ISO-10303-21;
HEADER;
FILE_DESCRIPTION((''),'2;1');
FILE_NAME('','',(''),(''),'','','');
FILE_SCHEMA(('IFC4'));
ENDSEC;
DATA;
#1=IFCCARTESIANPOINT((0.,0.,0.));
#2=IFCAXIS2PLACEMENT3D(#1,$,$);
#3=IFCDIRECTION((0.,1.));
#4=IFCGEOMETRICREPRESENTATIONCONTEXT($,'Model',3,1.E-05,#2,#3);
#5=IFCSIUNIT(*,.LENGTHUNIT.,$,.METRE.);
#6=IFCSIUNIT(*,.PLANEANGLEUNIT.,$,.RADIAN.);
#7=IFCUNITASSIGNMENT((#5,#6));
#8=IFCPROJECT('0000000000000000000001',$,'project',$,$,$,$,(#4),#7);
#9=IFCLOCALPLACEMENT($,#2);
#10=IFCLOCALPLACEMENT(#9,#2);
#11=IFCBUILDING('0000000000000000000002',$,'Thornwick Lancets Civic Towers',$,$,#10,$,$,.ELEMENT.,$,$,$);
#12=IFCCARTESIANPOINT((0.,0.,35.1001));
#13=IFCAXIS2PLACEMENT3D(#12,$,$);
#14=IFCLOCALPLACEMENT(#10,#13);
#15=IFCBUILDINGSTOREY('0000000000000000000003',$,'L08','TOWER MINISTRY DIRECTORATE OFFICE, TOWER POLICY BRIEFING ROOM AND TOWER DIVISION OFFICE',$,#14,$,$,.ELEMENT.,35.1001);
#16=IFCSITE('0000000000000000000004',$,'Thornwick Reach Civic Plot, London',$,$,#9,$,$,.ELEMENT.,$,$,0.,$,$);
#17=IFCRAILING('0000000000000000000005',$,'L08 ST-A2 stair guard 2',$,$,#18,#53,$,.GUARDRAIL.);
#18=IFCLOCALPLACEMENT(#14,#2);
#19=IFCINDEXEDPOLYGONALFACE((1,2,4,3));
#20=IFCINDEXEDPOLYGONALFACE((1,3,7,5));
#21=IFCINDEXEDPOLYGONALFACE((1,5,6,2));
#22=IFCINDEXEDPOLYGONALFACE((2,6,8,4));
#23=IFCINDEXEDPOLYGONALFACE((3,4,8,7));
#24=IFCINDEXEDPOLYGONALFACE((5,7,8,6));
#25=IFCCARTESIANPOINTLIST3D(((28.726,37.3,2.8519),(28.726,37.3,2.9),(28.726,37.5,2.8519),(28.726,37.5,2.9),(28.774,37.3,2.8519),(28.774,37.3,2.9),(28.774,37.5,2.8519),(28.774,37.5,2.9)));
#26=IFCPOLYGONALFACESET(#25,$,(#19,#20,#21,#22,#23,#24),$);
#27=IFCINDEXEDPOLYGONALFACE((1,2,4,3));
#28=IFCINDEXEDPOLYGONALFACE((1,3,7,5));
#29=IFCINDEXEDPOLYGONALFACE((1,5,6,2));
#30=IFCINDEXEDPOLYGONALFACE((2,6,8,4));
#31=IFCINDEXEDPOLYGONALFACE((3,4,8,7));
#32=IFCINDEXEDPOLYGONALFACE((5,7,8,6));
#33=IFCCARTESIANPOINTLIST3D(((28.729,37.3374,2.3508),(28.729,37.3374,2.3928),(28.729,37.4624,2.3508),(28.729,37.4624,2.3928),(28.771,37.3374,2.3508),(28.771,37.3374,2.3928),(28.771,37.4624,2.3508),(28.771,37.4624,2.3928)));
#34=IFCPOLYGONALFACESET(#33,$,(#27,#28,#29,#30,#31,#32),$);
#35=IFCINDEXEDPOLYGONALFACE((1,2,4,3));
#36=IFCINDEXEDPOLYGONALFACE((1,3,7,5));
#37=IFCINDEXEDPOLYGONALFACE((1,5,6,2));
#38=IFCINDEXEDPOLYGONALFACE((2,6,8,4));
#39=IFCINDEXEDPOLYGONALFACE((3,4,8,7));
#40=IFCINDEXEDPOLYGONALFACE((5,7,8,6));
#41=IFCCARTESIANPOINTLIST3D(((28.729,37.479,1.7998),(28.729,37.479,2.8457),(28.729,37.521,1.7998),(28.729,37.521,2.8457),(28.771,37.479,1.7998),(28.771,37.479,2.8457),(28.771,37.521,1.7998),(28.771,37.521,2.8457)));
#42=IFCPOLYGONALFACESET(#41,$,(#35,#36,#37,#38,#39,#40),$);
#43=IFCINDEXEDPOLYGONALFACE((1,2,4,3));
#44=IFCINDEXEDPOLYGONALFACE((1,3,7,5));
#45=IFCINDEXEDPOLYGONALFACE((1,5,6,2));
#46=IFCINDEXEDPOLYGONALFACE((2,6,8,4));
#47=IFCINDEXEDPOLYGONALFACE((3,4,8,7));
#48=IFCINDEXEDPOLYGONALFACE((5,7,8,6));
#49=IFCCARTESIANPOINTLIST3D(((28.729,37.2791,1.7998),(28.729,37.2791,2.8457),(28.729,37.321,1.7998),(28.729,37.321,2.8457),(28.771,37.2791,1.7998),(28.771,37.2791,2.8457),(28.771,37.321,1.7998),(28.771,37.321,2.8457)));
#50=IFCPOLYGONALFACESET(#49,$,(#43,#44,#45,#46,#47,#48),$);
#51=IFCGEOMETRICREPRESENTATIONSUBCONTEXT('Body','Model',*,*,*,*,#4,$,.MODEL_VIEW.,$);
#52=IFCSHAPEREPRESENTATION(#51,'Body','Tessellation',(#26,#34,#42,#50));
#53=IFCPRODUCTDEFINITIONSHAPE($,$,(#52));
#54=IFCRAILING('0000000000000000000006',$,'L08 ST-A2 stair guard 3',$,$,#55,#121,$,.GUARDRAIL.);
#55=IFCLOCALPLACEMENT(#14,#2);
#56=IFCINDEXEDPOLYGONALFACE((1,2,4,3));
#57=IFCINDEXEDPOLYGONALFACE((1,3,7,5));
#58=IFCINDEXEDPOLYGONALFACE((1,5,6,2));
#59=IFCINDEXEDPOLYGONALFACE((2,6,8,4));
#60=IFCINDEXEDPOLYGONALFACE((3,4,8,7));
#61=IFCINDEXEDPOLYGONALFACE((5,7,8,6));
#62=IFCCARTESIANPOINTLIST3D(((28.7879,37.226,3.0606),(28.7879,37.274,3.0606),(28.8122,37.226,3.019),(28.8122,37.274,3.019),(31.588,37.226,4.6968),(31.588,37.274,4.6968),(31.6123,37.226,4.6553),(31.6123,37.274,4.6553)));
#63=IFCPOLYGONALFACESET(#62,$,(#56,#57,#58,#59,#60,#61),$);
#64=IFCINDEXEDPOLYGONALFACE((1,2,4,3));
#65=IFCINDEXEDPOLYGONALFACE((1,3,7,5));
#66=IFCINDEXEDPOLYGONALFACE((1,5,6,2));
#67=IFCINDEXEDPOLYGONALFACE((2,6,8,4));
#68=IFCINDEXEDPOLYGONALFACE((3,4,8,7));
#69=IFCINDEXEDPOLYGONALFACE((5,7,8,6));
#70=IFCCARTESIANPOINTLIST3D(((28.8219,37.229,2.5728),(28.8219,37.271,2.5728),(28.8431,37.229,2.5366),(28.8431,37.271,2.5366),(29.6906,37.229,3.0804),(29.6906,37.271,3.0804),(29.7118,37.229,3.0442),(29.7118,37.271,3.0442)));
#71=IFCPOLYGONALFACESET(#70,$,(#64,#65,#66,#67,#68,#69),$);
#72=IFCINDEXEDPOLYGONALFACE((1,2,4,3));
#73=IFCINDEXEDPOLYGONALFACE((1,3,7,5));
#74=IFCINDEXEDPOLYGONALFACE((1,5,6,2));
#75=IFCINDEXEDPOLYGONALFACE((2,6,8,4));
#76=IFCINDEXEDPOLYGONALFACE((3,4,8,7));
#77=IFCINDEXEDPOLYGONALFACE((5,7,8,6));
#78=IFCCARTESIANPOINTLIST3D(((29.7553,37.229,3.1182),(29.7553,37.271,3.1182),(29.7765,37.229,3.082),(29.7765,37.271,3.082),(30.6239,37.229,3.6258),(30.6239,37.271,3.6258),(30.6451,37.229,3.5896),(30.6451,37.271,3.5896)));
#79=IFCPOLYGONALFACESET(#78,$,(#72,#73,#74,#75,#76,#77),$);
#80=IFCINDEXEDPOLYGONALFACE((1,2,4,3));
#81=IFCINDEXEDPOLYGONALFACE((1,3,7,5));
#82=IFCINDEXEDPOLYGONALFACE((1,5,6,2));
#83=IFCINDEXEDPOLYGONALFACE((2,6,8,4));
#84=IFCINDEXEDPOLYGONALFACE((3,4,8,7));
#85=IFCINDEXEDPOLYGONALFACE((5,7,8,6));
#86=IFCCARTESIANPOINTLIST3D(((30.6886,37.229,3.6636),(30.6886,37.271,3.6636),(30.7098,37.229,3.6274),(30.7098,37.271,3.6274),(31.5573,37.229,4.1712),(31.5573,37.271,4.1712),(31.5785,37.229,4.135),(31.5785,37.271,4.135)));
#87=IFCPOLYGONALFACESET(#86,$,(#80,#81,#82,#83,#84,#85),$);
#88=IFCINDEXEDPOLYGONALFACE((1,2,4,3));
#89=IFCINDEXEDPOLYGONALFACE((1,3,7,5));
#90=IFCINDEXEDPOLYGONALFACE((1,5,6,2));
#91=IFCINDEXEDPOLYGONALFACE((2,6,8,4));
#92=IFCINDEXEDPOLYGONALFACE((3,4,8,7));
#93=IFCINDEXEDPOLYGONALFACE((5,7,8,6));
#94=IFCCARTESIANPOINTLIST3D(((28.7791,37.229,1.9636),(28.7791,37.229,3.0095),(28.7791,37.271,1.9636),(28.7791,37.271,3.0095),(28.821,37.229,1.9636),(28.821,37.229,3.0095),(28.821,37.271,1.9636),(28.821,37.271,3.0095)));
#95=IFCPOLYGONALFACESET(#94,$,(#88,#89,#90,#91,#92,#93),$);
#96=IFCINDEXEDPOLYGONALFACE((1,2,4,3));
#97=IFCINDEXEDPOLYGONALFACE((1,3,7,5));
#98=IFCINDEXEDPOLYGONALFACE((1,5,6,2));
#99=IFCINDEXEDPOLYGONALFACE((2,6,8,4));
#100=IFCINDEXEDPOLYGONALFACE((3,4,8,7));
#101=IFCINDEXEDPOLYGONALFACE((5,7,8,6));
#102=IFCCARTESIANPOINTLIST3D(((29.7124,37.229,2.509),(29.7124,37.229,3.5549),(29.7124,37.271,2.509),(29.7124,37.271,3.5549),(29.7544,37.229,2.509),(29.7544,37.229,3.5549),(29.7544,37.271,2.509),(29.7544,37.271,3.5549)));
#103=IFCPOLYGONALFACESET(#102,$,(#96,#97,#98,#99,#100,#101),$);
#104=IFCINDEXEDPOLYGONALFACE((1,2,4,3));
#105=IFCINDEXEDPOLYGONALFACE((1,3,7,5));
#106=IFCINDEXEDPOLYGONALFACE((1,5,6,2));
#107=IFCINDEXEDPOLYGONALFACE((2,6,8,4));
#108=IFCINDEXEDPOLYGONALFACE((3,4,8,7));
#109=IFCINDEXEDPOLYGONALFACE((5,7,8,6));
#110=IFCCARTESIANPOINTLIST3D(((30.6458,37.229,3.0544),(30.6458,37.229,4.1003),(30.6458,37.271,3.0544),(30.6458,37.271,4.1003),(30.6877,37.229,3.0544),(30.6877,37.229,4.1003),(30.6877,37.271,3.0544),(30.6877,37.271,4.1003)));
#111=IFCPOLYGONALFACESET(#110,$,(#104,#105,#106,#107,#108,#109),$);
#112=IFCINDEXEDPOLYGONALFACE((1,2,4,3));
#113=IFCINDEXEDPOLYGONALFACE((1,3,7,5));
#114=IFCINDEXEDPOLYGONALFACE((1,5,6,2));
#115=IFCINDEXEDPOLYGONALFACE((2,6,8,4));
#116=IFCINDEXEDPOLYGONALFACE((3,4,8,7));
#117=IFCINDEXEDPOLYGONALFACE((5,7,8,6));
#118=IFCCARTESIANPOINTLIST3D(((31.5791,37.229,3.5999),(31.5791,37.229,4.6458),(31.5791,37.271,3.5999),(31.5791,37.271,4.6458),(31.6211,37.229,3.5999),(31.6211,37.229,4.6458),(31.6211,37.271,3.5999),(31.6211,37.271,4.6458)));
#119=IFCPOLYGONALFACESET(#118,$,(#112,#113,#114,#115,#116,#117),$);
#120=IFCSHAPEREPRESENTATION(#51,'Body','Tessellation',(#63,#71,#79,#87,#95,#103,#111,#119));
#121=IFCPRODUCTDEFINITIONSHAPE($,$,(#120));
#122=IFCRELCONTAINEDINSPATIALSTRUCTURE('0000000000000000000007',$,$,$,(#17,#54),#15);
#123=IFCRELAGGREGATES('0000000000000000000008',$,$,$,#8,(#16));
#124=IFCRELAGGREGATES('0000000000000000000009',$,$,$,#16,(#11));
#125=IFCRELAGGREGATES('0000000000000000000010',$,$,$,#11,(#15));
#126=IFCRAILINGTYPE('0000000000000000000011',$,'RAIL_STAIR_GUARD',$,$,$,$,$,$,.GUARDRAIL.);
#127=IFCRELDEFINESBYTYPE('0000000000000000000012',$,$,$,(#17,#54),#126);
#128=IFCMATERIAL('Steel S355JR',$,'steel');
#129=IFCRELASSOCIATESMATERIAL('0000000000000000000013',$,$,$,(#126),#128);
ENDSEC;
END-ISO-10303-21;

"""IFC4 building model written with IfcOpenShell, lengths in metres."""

from ifc_helpers import new_model, si_unit, direction, frame, origin, origin_2d, place, context, subcontext, project, spatial, rectangle, extrude, material, type_object, element, save


model = new_model("IFC4")

# Units and contexts
model_context = context("Model", 3, precision=1e-05, world=origin(), true_north=direction((0.0, 1.0)))
body_context = subcontext(model_context, "Body", "Model", "MODEL_VIEW")
ifc_project = project(units=[si_unit("LENGTHUNIT", "METRE"), si_unit("PLANEANGLEUNIT", "RADIAN")], contexts=[model_context])

# Site, building, storey
site_placement = place(None, origin())
site = spatial("IfcSite", under=ifc_project, at=site_placement, Name="Thornwick Reach Civic Plot, London", CompositionType="ELEMENT", RefElevation=0.0)
building_placement = place(site_placement, origin())
building = spatial("IfcBuilding", under=site, at=building_placement, Name="Thornwick Lancets Civic Towers", CompositionType="ELEMENT")
storey_placement = place(building_placement, frame((0.0, 0.0, 35.1001)))
storey = spatial("IfcBuildingStorey", under=building, at=storey_placement, Name="L08", Description="TOWER MINISTRY DIRECTORATE OFFICE, TOWER POLICY BRIEFING ROOM AND TOWER DIVISION OFFICE", CompositionType="ELEMENT", Elevation=35.1001)

# Shared definitions
ifc_material_1 = material(Name="Steel S355JR", Category="steel")

# Railings
railing_type_1 = type_object("IfcRailingType", Name="RAIL_STAIR_GUARD", PredefinedType="GUARDRAIL", material=ifc_material_1)
railing_1_placement = place(storey_placement, frame((28.75, 37.5, 1.7998)))
element("IfcRailing", 1, at=railing_1_placement, inside=storey, type_object=railing_type_1, Name="L08 ST-A2 stair guard 2", PredefinedType="GUARDRAIL", context=body_context, shape_type="SweptSolid", body=[
    extrude(rectangle(XDim=0.0481, YDim=0.0481, at=origin_2d()), frame((0.0, 0.0, 1.0762), z_axis=(0.0, -1.0, 0.0), x_axis=(1.0, 0.0, 0.0)), (0.0, 0.0, 1.0), 0.2),
    extrude(rectangle(XDim=0.042, YDim=0.042, at=origin_2d()), frame((0.0, -0.0376, 0.572), z_axis=(0.0, -1.0, 0.0), x_axis=(1.0, 0.0, 0.0)), (0.0, 0.0, 1.0), 0.125),
    extrude(rectangle(XDim=0.042, YDim=0.042, at=origin_2d()), origin(), (0.0, 0.0, 1.0), 1.0459),
    extrude(rectangle(XDim=0.042, YDim=0.042, at=origin_2d()), frame((0.0, -0.2, 0.0)), (0.0, 0.0, 1.0), 1.0459),
])
railing_2_placement = place(storey_placement, frame((28.8, 37.25, 1.9636)))
element("IfcRailing", 2, at=railing_2_placement, inside=storey, type_object=railing_type_1, Name="L08 ST-A2 stair guard 3", PredefinedType="GUARDRAIL", context=body_context, shape_type="SweptSolid", body=[
    extrude(rectangle(XDim=0.0481, YDim=0.0481, at=origin_2d()), frame((0.0, 0.0, 1.0762), z_axis=(0.863394, 0.0, 0.504531), x_axis=(0.0, 1.0, 0.0)), (0.0, 0.0, 1.0), 3.2432),
    extrude(rectangle(XDim=0.042, YDim=0.042, at=origin_2d()), frame((0.0325, 0.0, 0.5911), z_axis=(0.863394, 0.0, 0.504531), x_axis=(0.0, 1.0, 0.0)), (0.0, 0.0, 1.0), 1.0061),
    extrude(rectangle(XDim=0.042, YDim=0.042, at=origin_2d()), frame((0.9658, 0.0, 1.1365), z_axis=(0.863394, 0.0, 0.504531), x_axis=(0.0, 1.0, 0.0)), (0.0, 0.0, 1.0), 1.0061),
    extrude(rectangle(XDim=0.042, YDim=0.042, at=origin_2d()), frame((1.8992, 0.0, 1.6819), z_axis=(0.863394, 0.0, 0.504531), x_axis=(0.0, 1.0, 0.0)), (0.0, 0.0, 1.0), 1.0061),
    extrude(rectangle(XDim=0.042, YDim=0.042, at=origin_2d()), origin(), (0.0, 0.0, 1.0), 1.0459),
    extrude(rectangle(XDim=0.042, YDim=0.042, at=origin_2d()), frame((0.9333, 0.0, 0.5454)), (0.0, 0.0, 1.0), 1.0459),
    extrude(rectangle(XDim=0.042, YDim=0.042, at=origin_2d()), frame((1.8667, 0.0, 1.0908)), (0.0, 0.0, 1.0), 1.0459),
    extrude(rectangle(XDim=0.042, YDim=0.042, at=origin_2d()), frame((2.8, 0.0, 1.6362)), (0.0, 0.0, 1.0), 1.0459),
])

save(model, "model.ifc")
